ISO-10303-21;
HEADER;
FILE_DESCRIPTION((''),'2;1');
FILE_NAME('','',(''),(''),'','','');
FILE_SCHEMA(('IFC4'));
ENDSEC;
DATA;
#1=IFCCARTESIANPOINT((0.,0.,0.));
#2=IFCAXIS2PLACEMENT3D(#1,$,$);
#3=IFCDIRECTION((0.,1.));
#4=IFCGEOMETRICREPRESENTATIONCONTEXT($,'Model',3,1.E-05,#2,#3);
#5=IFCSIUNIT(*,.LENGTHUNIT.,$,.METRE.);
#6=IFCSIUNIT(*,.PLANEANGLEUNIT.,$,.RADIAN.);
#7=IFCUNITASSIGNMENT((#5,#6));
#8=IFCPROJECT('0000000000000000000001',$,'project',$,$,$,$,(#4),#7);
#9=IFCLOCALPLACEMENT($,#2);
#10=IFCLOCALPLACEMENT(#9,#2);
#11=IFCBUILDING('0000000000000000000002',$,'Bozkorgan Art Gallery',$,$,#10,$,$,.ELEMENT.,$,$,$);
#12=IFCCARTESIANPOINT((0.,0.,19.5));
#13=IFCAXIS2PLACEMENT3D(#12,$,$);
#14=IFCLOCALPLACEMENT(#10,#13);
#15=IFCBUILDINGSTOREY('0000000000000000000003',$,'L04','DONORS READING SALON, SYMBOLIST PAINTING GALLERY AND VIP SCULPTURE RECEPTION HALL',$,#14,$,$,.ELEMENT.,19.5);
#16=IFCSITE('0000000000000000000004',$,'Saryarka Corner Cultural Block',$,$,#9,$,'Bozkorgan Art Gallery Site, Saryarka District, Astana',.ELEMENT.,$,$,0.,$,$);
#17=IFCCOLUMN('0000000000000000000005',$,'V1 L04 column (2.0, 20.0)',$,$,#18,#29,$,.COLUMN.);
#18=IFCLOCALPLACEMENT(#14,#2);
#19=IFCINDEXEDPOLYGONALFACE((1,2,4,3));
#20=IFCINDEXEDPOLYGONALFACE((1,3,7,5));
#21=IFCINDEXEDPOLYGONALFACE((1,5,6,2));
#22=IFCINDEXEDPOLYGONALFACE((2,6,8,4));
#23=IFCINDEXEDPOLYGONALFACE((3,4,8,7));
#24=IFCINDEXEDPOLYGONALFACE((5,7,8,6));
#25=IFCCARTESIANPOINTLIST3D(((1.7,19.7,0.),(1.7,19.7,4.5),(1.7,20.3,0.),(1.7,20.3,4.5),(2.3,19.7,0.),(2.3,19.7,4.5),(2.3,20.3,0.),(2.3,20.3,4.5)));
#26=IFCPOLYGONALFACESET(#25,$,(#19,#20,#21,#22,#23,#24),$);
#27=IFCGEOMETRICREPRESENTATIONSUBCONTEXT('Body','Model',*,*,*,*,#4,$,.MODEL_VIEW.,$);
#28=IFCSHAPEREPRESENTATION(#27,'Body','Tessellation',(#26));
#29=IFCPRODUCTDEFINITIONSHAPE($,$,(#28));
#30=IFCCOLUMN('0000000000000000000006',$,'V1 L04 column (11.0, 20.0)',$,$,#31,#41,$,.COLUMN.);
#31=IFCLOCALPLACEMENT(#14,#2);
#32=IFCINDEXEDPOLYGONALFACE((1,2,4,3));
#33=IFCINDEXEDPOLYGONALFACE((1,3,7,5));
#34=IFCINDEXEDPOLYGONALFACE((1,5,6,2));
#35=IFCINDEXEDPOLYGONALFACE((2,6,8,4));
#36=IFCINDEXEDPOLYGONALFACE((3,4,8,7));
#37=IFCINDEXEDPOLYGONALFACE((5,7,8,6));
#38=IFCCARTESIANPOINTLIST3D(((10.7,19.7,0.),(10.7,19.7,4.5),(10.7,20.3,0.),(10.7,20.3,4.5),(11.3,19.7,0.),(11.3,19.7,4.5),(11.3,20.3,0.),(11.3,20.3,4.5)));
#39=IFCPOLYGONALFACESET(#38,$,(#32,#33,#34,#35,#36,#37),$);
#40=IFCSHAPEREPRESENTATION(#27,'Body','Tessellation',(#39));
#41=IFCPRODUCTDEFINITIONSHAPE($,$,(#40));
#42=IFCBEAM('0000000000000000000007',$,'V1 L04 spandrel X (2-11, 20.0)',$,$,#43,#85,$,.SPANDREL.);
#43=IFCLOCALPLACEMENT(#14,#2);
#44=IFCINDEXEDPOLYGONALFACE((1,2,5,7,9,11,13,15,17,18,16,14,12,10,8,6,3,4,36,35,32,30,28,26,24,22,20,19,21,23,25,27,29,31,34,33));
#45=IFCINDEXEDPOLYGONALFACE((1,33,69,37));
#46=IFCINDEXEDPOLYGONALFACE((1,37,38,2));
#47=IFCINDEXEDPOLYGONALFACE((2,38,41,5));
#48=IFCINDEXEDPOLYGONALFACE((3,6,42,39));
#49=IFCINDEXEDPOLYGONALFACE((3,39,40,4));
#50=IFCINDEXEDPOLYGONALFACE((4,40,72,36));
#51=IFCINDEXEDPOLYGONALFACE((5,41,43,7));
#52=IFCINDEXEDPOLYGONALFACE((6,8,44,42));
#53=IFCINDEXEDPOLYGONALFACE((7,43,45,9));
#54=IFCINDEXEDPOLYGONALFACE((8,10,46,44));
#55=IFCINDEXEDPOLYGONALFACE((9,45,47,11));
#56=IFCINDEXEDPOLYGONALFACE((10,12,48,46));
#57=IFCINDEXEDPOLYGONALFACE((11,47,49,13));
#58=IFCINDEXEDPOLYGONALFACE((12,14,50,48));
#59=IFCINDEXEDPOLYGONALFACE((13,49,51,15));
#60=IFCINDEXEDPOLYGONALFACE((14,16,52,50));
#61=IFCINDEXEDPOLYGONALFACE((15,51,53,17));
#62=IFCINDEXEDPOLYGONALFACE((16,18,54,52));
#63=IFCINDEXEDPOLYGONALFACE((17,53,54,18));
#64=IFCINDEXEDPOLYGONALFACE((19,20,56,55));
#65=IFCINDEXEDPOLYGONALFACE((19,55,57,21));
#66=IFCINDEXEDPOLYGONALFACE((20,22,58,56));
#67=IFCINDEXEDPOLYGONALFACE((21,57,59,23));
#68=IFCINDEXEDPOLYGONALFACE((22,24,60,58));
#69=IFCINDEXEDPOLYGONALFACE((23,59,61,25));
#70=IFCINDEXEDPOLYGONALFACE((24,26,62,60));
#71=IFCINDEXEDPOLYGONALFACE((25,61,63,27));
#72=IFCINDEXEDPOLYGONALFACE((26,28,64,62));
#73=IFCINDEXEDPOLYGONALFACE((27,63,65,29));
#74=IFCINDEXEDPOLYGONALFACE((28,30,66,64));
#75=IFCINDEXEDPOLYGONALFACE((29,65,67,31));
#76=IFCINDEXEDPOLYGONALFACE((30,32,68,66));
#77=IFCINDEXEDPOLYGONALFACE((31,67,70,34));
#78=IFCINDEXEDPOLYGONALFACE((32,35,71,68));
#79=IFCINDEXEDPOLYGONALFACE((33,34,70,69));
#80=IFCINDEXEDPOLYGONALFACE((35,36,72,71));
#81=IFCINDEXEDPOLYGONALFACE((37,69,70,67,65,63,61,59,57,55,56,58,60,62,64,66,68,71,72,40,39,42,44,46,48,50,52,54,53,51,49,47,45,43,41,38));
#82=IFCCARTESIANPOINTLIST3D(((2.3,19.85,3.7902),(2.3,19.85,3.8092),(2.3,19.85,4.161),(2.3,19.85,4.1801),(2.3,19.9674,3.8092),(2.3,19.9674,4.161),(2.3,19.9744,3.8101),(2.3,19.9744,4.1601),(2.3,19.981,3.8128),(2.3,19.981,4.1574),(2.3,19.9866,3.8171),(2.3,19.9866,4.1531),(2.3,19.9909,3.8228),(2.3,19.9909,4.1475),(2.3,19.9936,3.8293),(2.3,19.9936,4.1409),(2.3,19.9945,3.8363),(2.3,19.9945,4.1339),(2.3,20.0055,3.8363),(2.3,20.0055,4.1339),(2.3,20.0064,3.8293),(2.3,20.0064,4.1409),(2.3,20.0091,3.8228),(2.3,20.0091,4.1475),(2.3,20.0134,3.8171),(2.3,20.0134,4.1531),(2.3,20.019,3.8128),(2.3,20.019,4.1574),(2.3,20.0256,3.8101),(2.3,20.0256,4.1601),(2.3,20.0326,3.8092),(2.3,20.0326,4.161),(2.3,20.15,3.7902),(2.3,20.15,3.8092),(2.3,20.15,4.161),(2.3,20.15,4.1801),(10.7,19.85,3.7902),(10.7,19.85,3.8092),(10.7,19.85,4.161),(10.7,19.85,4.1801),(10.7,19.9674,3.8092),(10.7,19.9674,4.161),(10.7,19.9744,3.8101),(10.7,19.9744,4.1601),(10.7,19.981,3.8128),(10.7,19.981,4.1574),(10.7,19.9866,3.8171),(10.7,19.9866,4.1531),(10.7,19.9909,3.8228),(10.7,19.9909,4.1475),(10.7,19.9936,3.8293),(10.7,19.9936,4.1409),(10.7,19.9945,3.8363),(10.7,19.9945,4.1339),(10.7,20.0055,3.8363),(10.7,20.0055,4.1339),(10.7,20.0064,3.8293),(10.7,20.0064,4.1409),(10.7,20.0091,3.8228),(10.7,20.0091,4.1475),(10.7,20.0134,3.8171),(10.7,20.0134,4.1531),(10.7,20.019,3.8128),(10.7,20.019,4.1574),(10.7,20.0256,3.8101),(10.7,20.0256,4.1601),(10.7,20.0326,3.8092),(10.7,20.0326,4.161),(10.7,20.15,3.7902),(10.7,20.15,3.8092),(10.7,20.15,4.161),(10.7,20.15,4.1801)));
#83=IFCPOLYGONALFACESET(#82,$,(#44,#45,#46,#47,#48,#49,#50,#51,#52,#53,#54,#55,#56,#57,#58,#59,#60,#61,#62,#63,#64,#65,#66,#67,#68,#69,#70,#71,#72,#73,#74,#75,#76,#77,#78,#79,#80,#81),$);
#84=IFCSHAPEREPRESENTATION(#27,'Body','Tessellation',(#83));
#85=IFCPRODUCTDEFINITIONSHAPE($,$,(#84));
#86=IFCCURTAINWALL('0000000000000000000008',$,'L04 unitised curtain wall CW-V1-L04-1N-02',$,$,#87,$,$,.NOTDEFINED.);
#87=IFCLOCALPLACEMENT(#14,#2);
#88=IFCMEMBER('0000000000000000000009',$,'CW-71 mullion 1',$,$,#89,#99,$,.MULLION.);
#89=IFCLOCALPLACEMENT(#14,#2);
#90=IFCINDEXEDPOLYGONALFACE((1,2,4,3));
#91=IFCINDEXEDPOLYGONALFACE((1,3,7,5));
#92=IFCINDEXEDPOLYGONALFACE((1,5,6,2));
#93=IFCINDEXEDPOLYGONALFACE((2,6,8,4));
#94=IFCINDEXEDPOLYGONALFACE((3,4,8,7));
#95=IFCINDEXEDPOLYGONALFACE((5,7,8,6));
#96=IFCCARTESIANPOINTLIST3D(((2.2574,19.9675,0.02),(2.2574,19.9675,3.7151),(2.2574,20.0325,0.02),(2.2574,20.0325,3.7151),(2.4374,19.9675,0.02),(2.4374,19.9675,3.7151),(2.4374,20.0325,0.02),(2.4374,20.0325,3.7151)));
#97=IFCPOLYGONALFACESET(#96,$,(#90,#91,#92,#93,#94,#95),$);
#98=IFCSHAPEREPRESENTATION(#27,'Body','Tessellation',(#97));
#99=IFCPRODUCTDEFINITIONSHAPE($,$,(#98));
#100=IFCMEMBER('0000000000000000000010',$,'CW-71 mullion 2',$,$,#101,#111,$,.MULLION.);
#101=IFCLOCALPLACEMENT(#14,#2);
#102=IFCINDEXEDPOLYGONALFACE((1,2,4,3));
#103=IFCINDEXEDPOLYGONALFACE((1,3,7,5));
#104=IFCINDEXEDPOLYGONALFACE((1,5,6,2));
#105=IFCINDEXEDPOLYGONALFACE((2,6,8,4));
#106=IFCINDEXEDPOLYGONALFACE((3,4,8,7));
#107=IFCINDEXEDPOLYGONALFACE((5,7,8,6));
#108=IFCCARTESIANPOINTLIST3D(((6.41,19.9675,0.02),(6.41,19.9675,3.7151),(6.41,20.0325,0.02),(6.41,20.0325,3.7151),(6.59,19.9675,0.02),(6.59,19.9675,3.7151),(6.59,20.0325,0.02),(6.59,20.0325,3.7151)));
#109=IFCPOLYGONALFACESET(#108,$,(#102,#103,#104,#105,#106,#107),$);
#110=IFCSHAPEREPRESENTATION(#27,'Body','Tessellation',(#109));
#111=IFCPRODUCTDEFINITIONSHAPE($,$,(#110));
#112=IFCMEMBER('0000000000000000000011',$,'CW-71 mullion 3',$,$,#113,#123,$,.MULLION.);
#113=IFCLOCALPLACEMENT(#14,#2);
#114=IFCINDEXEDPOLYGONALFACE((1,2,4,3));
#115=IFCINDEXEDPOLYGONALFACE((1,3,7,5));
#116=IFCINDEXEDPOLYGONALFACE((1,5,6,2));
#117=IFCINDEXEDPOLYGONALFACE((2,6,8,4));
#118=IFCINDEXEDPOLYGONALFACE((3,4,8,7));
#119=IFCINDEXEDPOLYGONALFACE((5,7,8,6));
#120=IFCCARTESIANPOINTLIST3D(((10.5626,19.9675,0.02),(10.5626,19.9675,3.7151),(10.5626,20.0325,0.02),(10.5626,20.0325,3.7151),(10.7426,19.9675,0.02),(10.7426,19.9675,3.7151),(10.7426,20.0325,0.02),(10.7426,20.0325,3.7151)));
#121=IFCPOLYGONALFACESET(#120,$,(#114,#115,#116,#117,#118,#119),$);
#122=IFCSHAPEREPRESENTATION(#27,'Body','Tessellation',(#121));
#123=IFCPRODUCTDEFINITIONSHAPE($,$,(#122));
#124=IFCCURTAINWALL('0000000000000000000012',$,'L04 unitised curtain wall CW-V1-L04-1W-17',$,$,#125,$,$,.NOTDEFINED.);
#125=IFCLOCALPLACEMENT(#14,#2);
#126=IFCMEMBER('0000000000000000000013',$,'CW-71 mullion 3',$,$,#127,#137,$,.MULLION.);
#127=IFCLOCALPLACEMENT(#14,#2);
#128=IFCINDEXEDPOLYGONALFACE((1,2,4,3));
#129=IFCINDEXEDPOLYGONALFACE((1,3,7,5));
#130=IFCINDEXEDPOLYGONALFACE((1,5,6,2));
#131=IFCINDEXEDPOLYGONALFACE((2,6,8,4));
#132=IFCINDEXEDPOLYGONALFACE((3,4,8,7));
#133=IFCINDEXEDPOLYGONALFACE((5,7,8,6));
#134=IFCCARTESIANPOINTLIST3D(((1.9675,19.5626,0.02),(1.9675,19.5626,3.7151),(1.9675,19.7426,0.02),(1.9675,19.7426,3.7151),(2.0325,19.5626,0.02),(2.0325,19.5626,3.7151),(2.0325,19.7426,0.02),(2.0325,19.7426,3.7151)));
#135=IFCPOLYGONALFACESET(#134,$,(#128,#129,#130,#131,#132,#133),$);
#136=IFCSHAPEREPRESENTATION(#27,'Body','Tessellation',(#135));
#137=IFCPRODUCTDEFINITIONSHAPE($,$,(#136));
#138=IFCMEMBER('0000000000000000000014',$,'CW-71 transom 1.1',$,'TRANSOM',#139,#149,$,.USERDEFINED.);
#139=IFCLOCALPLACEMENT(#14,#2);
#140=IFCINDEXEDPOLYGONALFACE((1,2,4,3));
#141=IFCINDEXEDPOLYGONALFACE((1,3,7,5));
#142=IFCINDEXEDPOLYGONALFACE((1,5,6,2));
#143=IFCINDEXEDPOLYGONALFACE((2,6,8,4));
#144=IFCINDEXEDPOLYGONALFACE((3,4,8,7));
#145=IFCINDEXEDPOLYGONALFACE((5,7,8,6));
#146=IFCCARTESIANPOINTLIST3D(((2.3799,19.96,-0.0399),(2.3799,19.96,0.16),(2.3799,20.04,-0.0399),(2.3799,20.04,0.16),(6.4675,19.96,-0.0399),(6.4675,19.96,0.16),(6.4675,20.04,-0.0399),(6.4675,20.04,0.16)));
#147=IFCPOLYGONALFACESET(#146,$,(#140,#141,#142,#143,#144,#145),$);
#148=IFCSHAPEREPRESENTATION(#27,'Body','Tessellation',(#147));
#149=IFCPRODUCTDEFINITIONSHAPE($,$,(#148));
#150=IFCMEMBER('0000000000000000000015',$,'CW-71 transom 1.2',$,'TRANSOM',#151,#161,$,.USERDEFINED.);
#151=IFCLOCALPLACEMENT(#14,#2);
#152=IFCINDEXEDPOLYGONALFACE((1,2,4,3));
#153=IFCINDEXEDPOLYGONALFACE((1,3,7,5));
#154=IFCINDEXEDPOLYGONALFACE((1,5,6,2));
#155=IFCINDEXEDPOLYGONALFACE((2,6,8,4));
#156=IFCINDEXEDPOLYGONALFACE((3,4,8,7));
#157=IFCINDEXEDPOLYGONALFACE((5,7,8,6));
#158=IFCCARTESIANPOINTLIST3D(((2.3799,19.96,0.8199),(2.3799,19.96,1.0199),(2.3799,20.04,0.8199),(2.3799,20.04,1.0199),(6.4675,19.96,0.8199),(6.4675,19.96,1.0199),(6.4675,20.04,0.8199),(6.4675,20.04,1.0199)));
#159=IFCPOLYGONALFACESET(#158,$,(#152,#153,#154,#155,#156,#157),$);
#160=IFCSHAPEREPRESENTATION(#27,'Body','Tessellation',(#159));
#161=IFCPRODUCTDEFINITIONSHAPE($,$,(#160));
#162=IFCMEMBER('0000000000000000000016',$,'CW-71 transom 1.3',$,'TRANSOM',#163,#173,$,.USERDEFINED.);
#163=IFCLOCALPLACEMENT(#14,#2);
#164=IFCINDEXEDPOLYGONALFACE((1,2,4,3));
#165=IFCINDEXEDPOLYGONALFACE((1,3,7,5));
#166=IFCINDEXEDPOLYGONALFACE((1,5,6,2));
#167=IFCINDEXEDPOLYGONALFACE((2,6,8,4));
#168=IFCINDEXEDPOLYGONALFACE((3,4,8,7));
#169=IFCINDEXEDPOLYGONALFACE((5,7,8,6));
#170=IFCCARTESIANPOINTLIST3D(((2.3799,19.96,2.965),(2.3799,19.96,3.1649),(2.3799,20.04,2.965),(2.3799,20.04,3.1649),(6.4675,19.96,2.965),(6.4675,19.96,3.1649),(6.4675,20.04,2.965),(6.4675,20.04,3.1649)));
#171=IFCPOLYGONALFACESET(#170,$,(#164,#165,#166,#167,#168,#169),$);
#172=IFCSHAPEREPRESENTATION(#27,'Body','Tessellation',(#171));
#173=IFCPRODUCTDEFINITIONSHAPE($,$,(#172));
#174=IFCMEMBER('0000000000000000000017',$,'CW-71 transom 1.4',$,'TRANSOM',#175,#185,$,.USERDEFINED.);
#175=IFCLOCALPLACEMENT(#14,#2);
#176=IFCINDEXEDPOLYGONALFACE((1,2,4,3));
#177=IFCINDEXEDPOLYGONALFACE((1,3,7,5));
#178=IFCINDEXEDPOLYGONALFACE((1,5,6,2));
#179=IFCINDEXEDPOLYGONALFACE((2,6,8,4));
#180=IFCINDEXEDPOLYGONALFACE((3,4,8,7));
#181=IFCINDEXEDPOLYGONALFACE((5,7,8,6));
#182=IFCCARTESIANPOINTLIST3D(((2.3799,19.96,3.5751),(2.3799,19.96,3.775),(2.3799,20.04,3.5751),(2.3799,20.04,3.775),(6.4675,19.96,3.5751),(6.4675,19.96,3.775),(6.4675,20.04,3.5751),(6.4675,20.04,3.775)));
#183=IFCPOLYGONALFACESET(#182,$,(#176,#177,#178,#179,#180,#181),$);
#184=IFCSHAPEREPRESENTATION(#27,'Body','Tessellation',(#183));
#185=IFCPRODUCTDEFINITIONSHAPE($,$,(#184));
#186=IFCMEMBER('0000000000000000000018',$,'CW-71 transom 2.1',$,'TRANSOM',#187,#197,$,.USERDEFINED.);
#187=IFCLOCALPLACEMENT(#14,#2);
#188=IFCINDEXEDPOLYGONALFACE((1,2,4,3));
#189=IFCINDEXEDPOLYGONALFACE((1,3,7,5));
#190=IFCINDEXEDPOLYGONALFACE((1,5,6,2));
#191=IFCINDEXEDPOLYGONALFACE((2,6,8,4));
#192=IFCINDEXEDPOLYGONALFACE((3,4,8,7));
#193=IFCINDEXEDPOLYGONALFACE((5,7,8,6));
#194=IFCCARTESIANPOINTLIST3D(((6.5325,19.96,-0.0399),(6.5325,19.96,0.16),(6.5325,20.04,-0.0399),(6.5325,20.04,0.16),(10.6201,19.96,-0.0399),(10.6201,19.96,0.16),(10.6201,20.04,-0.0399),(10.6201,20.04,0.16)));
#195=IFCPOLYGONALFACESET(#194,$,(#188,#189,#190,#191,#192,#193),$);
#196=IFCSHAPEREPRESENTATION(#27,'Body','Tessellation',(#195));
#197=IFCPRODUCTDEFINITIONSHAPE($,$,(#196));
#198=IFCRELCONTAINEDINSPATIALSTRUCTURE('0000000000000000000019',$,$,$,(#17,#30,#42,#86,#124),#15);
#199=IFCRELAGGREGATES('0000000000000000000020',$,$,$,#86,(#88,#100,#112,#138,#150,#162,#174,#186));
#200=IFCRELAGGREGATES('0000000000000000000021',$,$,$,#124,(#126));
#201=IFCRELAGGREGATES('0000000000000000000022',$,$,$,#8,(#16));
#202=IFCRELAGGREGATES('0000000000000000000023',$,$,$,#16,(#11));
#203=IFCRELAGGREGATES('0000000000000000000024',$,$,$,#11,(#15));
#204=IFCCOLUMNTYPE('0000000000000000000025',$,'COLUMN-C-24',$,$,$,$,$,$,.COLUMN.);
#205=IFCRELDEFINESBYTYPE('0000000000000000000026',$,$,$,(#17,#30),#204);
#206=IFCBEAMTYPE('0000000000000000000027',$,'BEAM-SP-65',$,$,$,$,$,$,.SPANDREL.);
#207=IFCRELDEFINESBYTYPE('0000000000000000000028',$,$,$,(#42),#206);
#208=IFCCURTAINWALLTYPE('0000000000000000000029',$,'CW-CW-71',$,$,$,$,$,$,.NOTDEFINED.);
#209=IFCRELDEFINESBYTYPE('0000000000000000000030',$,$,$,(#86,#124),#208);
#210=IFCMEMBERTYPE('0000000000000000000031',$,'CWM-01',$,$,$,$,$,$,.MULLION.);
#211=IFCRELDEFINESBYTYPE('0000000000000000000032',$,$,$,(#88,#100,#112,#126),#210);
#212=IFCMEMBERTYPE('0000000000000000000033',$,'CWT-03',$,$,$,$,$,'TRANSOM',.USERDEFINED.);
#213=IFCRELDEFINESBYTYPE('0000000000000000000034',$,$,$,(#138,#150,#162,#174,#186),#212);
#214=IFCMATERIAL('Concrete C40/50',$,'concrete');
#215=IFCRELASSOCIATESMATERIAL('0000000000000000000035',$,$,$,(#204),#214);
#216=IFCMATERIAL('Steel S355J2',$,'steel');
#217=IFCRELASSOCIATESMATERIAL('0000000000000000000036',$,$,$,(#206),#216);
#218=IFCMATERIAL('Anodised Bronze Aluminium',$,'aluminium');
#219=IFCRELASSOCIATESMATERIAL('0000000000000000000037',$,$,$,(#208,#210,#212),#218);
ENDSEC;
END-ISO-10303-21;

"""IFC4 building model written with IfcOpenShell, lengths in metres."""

from ifc_helpers import new_model, si_unit, direction, frame, origin, origin_2d, place, context, subcontext, project, spatial, rectangle, i_section, extrude, material, material_profile, profile_set, type_object, element, aggregate, save


model = new_model("IFC4")

# Units and contexts
model_context = context("Model", 3, precision=1e-05, world=origin(), true_north=direction((0.0, 1.0)))
body_context = subcontext(model_context, "Body", "Model", "MODEL_VIEW")
ifc_project = project(units=[si_unit("LENGTHUNIT", "METRE"), si_unit("PLANEANGLEUNIT", "RADIAN")], contexts=[model_context])

# Site, building, storey
site_placement = place(None, origin())
site = spatial("IfcSite", under=ifc_project, at=site_placement, Name="Saryarka Corner Cultural Block", LongName="Bozkorgan Art Gallery Site, Saryarka District, Astana", CompositionType="ELEMENT", RefElevation=0.0)
building_placement = place(site_placement, origin())
building = spatial("IfcBuilding", under=site, at=building_placement, Name="Bozkorgan Art Gallery", CompositionType="ELEMENT")
storey_placement = place(building_placement, frame((0.0, 0.0, 19.5)))
storey = spatial("IfcBuildingStorey", under=building, at=storey_placement, Name="L04", Description="DONORS READING SALON, SYMBOLIST PAINTING GALLERY AND VIP SCULPTURE RECEPTION HALL", CompositionType="ELEMENT", Elevation=19.5)

# Columns
ifc_material_1 = material(Name="Concrete C40/50", Category="concrete")
ifc_material_profile_1 = material_profile(ifc_material_1, rectangle(XDim=0.6001, YDim=0.6001, at=origin_2d()), Name="RC 600x600")
ifc_profile_set_1 = profile_set([ifc_material_profile_1], Name="Concrete C40/50")
column_type = type_object("IfcColumnType", Name="COLUMN-C-24", PredefinedType="COLUMN", material=ifc_profile_set_1)
for number, where, z_axis, x_axis, name in (
    (1, (2.0, 20.0, 0.0), (0.0, 0.0, 1.0), (1.0, 0.0, 0.0), "V1 L04 column (2.0, 20.0)"),
    (2, (11.0, 20.0, 0.0), (0.0, 0.0, 1.0), (1.0, 0.0, 0.0), "V1 L04 column (11.0, 20.0)"),
):
    element("IfcColumn", number, at=place(storey_placement, frame(where, z_axis=z_axis, x_axis=x_axis)), inside=storey, type_object=column_type, Name=name, PredefinedType="COLUMN", context=body_context, shape_type="SweptSolid", body=[
        extrude(rectangle(XDim=0.6001, YDim=0.6001, at=origin_2d()), origin(), (0.0, 0.0, 1.0), 4.5),
    ])

# Beam
ifc_material_2 = material(Name="Steel S355J2", Category="steel")
ifc_material_profile_2 = material_profile(ifc_material_2, i_section(OverallWidth=0.3, OverallDepth=0.3899, WebThickness=0.011, FlangeThickness=0.019, FilletRadius=0.0271, at=origin_2d()), Name="HEA 400")
ifc_profile_set_2 = profile_set([ifc_material_profile_2], Name="Steel S355J2")
beam_type = type_object("IfcBeamType", Name="BEAM-SP-65", PredefinedType="SPANDREL", material=ifc_profile_set_2)
beam_placement = place(storey_placement, frame((2.3, 20.0, 3.9851), z_axis=(1.0, 0.0, 0.0), x_axis=(0.0, 1.0, 0.0)))
element("IfcBeam", 3, at=beam_placement, inside=storey, type_object=beam_type, Name="V1 L04 spandrel X (2-11, 20.0)", PredefinedType="SPANDREL", context=body_context, shape_type="SweptSolid", body=[
    extrude(i_section(OverallWidth=0.3, OverallDepth=0.3899, WebThickness=0.011, FlangeThickness=0.019, FilletRadius=0.0271, at=origin_2d()), origin(), (0.0, 0.0, 1.0), 8.3999),
])

# Curtain wall, members
ifc_material_3 = material(Name="Anodised Bronze Aluminium", Category="aluminium")
curtain_wall_type = type_object("IfcCurtainWallType", Name="CW-CW-71", PredefinedType="NOTDEFINED", material=ifc_material_3)
curtain_wall_1_placement = place(storey_placement, origin())
curtain_wall_1 = element("IfcCurtainWall", 4, at=curtain_wall_1_placement, inside=storey, type_object=curtain_wall_type, Name="L04 unitised curtain wall CW-V1-L04-1N-02", PredefinedType="NOTDEFINED")
ifc_material_profile_3 = material_profile(ifc_material_3, rectangle(XDim=0.0649, YDim=0.1799, at=origin_2d()), Name="ALU MULLION 65x180")
ifc_profile_set_3 = profile_set([ifc_material_profile_3], Name="Anodised Bronze Aluminium")
member_type_1 = type_object("IfcMemberType", Name="CWM-01", PredefinedType="MULLION", material=ifc_profile_set_3)
member_1_placement = place(storey_placement, frame((2.3474, 20.0, 0.02), z_axis=(0.0, 0.0, 1.0), x_axis=(0.0, 1.0, 0.0)))
member_1 = element("IfcMember", 5, at=member_1_placement, type_object=member_type_1, Name="CW-71 mullion 1", PredefinedType="MULLION", context=body_context, shape_type="SweptSolid", body=[
    extrude(rectangle(XDim=0.0649, YDim=0.1799, at=origin_2d()), origin(), (0.0, 0.0, 1.0), 3.6951),
])
member_2_placement = place(storey_placement, frame((6.5, 20.0, 0.02), z_axis=(0.0, 0.0, 1.0), x_axis=(0.0, 1.0, 0.0)))
member_2 = element("IfcMember", 6, at=member_2_placement, type_object=member_type_1, Name="CW-71 mullion 2", PredefinedType="MULLION", context=body_context, shape_type="SweptSolid", body=[
    extrude(rectangle(XDim=0.0649, YDim=0.1799, at=origin_2d()), origin(), (0.0, 0.0, 1.0), 3.6951),
])
member_3_placement = place(storey_placement, frame((10.6526, 20.0, 0.02), z_axis=(0.0, 0.0, 1.0), x_axis=(0.0, 1.0, 0.0)))
member_3 = element("IfcMember", 7, at=member_3_placement, type_object=member_type_1, Name="CW-71 mullion 3", PredefinedType="MULLION", context=body_context, shape_type="SweptSolid", body=[
    extrude(rectangle(XDim=0.0649, YDim=0.1799, at=origin_2d()), origin(), (0.0, 0.0, 1.0), 3.6951),
])

# Curtain wall, member
curtain_wall_2_placement = place(storey_placement, origin())
curtain_wall_2 = element("IfcCurtainWall", 8, at=curtain_wall_2_placement, inside=storey, type_object=curtain_wall_type, Name="L04 unitised curtain wall CW-V1-L04-1W-17", PredefinedType="NOTDEFINED")
member_4_placement = place(storey_placement, frame((2.0, 19.6526, 0.02), z_axis=(0.0, 0.0, 1.0), x_axis=(-1.0, 0.0, 0.0)))
member_4 = element("IfcMember", 9, at=member_4_placement, type_object=member_type_1, Name="CW-71 mullion 3", PredefinedType="MULLION", context=body_context, shape_type="SweptSolid", body=[
    extrude(rectangle(XDim=0.0649, YDim=0.1799, at=origin_2d()), origin(), (0.0, 0.0, 1.0), 3.6951),
])

# Members
ifc_material_profile_4 = material_profile(ifc_material_3, rectangle(XDim=0.0801, YDim=0.2, at=origin_2d()), Name="ALU TRANSOM 80x200")
ifc_profile_set_4 = profile_set([ifc_material_profile_4], Name="Anodised Bronze Aluminium")
member_type_2 = type_object("IfcMemberType", Name="CWT-03", ElementType="TRANSOM", PredefinedType="USERDEFINED", material=ifc_profile_set_4)
member_5_placement = place(storey_placement, frame((2.3799, 20.0, 0.0601), z_axis=(1.0, 0.0, 0.0), x_axis=(0.0, 1.0, 0.0)))
member_5 = element("IfcMember", 10, at=member_5_placement, type_object=member_type_2, Name="CW-71 transom 1.1", ObjectType="TRANSOM", PredefinedType="USERDEFINED", context=body_context, shape_type="SweptSolid", body=[
    extrude(rectangle(XDim=0.0801, YDim=0.2, at=origin_2d()), origin(), (0.0, 0.0, 1.0), 4.0876),
])
member_6_placement = place(storey_placement, frame((2.3799, 20.0, 0.9199), z_axis=(1.0, 0.0, 0.0), x_axis=(0.0, 1.0, 0.0)))
member_6 = element("IfcMember", 11, at=member_6_placement, type_object=member_type_2, Name="CW-71 transom 1.2", ObjectType="TRANSOM", PredefinedType="USERDEFINED", context=body_context, shape_type="SweptSolid", body=[
    extrude(rectangle(XDim=0.0801, YDim=0.2, at=origin_2d()), origin(), (0.0, 0.0, 1.0), 4.0876),
])
member_7_placement = place(storey_placement, frame((2.3799, 20.0, 3.0649), z_axis=(1.0, 0.0, 0.0), x_axis=(0.0, 1.0, 0.0)))
member_7 = element("IfcMember", 12, at=member_7_placement, type_object=member_type_2, Name="CW-71 transom 1.3", ObjectType="TRANSOM", PredefinedType="USERDEFINED", context=body_context, shape_type="SweptSolid", body=[
    extrude(rectangle(XDim=0.0801, YDim=0.2, at=origin_2d()), origin(), (0.0, 0.0, 1.0), 4.0876),
])
member_8_placement = place(storey_placement, frame((2.3799, 20.0, 3.675), z_axis=(1.0, 0.0, 0.0), x_axis=(0.0, 1.0, 0.0)))
member_8 = element("IfcMember", 13, at=member_8_placement, type_object=member_type_2, Name="CW-71 transom 1.4", ObjectType="TRANSOM", PredefinedType="USERDEFINED", context=body_context, shape_type="SweptSolid", body=[
    extrude(rectangle(XDim=0.0801, YDim=0.2, at=origin_2d()), origin(), (0.0, 0.0, 1.0), 4.0876),
])
member_9_placement = place(storey_placement, frame((6.5325, 20.0, 0.0601), z_axis=(1.0, 0.0, 0.0), x_axis=(0.0, 1.0, 0.0)))
member_9 = element("IfcMember", 14, at=member_9_placement, type_object=member_type_2, Name="CW-71 transom 2.1", ObjectType="TRANSOM", PredefinedType="USERDEFINED", context=body_context, shape_type="SweptSolid", body=[
    extrude(rectangle(XDim=0.0801, YDim=0.2, at=origin_2d()), origin(), (0.0, 0.0, 1.0), 4.0876),
])

aggregate(curtain_wall_1, [member_1, member_2, member_3, member_5, member_6, member_7, member_8, member_9])
aggregate(curtain_wall_2, [member_4])

save(model, "model.ifc")
